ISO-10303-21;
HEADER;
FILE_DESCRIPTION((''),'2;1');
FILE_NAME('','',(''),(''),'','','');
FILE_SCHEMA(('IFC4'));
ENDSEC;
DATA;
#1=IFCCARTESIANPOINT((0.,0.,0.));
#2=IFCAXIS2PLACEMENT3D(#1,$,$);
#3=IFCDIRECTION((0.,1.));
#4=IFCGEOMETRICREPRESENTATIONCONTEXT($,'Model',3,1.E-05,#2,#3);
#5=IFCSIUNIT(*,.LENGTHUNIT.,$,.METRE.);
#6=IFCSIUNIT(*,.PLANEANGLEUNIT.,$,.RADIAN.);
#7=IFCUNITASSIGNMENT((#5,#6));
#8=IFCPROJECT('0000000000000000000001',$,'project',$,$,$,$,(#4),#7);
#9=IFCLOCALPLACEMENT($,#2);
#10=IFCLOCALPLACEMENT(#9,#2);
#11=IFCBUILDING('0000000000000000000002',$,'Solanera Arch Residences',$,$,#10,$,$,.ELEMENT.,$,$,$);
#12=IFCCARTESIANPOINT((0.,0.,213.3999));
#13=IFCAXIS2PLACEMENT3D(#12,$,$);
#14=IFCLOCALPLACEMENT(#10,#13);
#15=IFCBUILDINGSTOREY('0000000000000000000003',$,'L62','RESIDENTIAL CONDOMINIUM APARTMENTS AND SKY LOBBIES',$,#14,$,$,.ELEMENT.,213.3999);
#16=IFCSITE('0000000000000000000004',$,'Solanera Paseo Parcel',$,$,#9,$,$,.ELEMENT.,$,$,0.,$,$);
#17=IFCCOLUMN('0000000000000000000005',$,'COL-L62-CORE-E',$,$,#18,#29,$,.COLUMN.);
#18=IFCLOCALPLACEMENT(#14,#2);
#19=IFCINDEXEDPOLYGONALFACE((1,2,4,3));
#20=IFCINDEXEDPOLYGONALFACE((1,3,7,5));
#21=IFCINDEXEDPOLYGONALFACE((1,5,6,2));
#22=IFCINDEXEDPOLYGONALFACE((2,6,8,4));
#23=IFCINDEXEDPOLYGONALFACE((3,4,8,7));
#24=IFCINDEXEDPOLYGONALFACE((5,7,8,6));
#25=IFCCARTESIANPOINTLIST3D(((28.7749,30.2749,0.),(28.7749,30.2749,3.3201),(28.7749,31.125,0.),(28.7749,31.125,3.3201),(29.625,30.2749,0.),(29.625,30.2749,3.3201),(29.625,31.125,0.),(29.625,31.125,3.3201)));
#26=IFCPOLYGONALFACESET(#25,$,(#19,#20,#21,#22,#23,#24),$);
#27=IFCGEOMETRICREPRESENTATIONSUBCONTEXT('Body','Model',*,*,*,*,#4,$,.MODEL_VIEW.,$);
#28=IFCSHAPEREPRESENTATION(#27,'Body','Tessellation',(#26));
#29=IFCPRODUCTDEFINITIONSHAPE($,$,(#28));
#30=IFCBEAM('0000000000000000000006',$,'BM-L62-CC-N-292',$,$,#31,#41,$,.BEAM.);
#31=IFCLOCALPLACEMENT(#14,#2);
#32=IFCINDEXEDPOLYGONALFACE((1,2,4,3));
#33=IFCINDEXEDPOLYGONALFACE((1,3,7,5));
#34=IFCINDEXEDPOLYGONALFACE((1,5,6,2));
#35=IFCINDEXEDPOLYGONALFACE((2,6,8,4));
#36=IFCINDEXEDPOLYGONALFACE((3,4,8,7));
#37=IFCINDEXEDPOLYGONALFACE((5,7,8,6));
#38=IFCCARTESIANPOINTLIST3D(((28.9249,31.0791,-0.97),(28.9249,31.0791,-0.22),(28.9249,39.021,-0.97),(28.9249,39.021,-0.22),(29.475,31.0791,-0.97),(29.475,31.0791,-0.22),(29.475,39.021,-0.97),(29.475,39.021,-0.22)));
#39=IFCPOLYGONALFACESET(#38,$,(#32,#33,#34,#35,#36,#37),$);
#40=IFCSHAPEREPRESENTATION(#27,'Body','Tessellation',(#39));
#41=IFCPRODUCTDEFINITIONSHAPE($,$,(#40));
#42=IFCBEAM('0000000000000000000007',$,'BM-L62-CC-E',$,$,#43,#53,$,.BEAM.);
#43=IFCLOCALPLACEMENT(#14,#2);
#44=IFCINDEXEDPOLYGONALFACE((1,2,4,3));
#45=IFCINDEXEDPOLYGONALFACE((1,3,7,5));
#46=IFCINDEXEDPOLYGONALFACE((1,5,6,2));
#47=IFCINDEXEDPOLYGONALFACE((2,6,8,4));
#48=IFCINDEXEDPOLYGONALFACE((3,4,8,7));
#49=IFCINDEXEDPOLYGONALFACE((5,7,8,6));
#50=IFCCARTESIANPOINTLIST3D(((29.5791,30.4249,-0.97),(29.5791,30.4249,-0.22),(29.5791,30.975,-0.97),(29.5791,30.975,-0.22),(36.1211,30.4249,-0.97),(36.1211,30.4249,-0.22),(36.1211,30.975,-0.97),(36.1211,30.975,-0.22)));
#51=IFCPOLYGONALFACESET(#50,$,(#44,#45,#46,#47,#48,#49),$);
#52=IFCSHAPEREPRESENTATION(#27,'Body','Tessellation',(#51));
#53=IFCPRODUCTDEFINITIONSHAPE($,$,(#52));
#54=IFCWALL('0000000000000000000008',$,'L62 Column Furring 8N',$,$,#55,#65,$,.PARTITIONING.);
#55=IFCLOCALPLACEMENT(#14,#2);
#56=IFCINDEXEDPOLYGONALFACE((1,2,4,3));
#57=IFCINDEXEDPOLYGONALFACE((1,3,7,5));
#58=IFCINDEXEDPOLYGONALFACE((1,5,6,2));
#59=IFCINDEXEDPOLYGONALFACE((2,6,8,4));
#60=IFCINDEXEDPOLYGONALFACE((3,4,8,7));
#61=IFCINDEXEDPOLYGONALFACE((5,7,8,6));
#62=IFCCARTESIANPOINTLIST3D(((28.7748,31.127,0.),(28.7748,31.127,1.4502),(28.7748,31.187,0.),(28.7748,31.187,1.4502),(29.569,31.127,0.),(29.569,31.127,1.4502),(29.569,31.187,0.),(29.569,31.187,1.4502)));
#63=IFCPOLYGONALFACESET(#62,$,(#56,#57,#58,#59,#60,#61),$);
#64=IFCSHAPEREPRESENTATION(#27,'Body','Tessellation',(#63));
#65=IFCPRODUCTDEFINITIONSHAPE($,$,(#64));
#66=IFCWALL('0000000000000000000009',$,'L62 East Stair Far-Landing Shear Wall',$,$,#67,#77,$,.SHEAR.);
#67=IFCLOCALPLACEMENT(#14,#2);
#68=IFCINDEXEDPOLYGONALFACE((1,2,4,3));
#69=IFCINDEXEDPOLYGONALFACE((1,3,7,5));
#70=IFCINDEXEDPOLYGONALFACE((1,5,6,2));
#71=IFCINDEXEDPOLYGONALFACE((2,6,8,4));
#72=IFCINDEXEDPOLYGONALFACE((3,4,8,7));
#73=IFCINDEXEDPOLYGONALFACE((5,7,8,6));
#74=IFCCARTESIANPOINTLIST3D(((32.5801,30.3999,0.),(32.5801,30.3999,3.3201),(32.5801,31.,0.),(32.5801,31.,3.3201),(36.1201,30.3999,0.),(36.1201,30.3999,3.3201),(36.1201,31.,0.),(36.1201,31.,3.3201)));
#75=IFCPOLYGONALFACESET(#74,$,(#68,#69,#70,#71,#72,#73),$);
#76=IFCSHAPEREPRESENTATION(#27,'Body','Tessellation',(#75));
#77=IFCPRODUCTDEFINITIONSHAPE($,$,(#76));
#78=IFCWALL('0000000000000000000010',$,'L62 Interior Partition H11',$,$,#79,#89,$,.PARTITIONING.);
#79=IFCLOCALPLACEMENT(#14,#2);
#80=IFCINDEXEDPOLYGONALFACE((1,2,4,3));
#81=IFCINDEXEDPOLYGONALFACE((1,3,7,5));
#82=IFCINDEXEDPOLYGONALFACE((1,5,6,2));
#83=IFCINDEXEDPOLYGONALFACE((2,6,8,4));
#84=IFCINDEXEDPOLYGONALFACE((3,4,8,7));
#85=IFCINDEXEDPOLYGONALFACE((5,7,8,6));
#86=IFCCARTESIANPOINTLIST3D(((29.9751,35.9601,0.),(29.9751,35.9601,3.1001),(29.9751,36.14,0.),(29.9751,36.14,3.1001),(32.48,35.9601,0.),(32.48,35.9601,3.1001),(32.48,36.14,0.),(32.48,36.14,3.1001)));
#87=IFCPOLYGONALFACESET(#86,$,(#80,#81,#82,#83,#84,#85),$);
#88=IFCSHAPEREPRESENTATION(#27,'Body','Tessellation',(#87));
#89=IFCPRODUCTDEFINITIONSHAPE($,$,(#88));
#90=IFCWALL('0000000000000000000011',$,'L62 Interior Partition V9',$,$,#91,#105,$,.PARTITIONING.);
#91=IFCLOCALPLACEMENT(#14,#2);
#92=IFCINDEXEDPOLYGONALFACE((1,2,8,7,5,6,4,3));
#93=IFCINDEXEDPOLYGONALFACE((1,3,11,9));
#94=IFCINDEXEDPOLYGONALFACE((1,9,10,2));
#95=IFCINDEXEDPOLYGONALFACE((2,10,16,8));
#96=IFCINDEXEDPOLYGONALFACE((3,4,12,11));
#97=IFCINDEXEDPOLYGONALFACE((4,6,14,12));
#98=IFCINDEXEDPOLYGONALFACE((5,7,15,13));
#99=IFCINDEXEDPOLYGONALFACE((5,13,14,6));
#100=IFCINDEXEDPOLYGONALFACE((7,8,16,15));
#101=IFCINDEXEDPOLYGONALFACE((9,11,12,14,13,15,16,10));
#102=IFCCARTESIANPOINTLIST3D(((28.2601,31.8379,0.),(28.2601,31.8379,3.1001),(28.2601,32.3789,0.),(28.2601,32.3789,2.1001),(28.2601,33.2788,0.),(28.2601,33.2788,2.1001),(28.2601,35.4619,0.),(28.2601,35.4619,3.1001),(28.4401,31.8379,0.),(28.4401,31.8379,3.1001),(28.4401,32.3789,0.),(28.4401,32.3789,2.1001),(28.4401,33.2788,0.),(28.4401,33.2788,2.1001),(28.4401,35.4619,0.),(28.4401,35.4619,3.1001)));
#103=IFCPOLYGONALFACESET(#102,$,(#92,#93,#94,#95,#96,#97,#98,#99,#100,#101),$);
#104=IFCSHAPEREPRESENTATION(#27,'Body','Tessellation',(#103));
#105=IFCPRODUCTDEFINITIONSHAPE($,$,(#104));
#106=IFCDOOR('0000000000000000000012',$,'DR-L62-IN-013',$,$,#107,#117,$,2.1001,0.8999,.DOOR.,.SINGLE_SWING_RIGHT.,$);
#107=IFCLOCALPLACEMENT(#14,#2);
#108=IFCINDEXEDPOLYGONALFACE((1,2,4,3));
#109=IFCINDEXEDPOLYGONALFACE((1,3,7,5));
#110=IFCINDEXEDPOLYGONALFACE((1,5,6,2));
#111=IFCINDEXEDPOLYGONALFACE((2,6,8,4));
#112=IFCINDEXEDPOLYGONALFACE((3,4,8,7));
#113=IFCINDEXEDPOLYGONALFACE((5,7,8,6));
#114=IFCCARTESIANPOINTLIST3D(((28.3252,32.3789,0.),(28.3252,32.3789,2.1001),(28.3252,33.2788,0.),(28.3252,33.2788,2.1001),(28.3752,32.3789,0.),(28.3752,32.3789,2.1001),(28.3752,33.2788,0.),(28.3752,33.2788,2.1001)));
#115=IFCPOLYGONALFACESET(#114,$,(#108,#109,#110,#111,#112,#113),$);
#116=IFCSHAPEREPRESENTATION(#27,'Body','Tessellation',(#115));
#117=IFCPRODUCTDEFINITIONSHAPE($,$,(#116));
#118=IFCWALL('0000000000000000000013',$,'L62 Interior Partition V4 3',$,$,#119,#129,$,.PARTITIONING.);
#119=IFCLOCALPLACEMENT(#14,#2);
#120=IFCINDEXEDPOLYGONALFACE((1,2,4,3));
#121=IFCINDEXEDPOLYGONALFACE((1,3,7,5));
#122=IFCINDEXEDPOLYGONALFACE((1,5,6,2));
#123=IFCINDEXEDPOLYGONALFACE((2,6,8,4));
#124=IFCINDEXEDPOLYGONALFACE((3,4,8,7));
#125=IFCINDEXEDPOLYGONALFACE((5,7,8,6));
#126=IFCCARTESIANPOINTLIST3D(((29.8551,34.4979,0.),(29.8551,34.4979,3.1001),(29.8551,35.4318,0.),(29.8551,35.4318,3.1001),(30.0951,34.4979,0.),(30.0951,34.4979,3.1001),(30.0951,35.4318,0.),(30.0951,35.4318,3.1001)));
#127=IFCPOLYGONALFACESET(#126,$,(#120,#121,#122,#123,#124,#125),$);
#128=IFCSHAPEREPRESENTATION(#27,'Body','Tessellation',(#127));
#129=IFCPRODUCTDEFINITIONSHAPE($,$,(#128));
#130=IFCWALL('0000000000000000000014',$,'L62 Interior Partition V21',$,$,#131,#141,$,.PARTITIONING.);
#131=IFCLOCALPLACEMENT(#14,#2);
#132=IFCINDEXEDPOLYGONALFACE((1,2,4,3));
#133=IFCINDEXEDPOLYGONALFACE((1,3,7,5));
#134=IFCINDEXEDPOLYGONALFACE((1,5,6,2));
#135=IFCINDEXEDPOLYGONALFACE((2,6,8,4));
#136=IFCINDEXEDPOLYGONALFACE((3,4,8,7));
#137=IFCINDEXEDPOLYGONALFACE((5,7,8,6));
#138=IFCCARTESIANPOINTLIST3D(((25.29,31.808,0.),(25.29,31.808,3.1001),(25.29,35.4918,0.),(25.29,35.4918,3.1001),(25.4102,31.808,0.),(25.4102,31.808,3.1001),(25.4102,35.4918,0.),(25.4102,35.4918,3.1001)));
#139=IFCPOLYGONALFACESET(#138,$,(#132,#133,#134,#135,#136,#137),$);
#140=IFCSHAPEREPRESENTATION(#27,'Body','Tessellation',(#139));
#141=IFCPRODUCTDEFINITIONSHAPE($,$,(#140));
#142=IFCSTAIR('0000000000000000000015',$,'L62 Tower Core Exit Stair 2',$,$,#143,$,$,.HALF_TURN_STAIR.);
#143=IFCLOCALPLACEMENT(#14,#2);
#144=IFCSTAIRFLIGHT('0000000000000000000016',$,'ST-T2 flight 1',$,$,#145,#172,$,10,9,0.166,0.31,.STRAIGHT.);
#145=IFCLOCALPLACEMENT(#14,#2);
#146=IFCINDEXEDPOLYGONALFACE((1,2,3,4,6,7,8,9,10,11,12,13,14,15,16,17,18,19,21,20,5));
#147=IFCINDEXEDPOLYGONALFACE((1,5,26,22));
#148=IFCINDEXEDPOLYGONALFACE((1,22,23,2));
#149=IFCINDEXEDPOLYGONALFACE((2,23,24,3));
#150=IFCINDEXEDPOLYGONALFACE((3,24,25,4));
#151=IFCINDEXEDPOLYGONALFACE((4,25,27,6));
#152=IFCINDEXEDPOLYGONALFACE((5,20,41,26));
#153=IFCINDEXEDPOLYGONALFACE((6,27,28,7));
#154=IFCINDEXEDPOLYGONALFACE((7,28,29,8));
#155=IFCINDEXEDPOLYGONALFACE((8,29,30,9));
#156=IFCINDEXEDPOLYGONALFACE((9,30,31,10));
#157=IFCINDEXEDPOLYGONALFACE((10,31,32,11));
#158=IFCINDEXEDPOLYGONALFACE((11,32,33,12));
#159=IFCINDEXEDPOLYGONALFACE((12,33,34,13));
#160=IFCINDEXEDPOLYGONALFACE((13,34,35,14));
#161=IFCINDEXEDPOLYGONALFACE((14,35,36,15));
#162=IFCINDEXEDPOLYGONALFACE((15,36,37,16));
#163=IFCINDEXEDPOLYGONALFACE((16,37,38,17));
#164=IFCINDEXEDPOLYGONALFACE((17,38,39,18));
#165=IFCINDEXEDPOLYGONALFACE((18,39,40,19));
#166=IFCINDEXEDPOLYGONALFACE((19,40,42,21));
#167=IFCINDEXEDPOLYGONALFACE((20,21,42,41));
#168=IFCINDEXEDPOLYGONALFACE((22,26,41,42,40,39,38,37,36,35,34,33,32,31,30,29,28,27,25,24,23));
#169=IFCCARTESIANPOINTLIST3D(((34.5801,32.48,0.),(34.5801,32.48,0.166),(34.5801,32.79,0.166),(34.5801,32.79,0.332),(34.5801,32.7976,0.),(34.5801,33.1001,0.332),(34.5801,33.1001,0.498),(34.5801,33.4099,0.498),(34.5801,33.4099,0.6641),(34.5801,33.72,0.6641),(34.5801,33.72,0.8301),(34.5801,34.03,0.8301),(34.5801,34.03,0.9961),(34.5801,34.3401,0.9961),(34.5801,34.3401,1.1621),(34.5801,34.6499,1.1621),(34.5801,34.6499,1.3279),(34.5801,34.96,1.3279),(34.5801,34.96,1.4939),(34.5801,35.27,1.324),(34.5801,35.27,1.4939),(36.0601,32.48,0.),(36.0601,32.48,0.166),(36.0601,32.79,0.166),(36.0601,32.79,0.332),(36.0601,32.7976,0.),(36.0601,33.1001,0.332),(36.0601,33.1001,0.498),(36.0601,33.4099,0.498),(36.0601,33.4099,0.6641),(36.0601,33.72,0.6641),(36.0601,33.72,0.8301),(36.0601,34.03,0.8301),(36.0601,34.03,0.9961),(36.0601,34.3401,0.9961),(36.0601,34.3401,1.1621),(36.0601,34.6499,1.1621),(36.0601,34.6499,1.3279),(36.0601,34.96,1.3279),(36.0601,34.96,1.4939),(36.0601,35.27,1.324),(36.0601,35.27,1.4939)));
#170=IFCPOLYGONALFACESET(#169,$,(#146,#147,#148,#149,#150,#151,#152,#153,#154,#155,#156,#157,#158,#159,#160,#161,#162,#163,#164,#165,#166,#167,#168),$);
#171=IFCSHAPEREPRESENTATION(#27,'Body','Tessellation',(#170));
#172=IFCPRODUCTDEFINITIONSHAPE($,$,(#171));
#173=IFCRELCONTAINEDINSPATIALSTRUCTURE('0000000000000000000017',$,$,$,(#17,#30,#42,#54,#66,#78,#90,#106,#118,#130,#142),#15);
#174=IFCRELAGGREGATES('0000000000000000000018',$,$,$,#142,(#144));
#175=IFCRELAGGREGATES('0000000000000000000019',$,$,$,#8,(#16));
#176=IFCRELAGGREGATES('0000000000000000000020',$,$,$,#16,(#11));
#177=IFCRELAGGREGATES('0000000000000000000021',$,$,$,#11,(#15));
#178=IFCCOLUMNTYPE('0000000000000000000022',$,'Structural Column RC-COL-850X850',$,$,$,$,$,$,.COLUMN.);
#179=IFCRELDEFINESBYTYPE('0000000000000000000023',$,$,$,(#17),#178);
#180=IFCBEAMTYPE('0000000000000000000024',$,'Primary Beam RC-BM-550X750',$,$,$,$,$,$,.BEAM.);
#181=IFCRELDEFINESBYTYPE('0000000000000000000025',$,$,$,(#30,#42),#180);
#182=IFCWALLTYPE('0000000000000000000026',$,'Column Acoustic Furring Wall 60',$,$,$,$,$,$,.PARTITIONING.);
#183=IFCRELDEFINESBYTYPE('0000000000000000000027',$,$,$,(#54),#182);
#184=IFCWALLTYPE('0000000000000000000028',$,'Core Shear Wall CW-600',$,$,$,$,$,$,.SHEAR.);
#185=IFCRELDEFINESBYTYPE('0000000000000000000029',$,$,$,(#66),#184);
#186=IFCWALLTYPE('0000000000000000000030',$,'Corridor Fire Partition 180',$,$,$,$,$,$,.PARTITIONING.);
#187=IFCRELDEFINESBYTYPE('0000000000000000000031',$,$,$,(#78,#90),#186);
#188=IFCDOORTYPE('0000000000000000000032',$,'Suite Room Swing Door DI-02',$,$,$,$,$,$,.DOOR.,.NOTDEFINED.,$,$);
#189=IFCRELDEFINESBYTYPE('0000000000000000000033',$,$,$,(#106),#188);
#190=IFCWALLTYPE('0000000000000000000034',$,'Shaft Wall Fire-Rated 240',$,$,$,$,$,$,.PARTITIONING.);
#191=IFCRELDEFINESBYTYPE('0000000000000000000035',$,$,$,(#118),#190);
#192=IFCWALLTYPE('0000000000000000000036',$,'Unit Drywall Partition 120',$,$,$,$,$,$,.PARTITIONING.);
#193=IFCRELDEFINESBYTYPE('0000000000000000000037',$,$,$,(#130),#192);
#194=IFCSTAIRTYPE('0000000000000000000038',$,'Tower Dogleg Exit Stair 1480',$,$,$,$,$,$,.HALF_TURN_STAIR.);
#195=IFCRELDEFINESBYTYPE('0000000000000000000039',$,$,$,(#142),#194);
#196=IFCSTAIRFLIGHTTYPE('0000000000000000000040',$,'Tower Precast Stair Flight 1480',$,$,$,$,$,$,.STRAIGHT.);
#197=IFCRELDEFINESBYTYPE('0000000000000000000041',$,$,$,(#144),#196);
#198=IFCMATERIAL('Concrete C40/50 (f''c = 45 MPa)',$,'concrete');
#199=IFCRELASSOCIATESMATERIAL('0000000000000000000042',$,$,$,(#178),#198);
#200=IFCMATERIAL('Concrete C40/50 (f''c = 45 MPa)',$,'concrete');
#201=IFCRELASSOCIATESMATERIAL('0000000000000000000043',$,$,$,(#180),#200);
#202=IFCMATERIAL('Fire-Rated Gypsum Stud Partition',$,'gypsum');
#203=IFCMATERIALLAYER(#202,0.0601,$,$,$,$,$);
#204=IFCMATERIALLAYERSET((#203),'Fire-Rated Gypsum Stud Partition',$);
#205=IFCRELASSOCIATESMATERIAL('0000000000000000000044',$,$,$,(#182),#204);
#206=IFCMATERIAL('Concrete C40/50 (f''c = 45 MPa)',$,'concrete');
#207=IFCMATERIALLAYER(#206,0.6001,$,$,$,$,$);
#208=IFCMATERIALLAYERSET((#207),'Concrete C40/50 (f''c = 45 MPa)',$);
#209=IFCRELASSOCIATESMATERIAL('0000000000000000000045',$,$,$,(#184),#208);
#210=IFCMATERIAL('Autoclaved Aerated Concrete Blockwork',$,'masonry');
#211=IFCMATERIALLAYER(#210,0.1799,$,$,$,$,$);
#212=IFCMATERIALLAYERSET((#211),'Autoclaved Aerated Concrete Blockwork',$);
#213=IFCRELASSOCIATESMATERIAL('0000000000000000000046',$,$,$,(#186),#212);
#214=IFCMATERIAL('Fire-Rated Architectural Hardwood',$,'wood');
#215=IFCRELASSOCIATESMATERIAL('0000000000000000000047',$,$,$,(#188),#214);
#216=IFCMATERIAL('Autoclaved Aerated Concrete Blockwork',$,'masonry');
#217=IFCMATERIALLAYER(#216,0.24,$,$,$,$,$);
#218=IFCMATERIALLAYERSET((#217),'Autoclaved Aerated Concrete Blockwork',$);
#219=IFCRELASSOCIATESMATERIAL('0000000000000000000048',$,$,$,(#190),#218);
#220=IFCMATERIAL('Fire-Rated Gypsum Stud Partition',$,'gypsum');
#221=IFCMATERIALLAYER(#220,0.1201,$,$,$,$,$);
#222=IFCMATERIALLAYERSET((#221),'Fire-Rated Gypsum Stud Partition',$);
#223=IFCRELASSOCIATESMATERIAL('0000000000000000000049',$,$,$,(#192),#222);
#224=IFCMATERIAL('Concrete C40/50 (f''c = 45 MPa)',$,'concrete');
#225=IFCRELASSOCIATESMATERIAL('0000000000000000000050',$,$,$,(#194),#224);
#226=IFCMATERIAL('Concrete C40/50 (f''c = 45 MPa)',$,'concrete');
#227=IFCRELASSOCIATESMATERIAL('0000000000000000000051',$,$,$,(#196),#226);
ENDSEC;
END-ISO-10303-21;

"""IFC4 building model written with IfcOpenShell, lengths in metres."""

from ifc_helpers import new_model, si_unit, direction, frame, frame_2d, origin, origin_2d, place, context, subcontext, project, spatial, polyline, rectangle, outline, extrude, material, layer, layer_set, material_profile, profile_set, type_object, element, fill, aggregate, save


model = new_model("IFC4")

# Units and contexts
model_context = context("Model", 3, precision=1e-05, world=origin(), true_north=direction((0.0, 1.0)))
body_context = subcontext(model_context, "Body", "Model", "MODEL_VIEW")
ifc_project = project(units=[si_unit("LENGTHUNIT", "METRE"), si_unit("PLANEANGLEUNIT", "RADIAN")], contexts=[model_context])

# Site, building, storey
site_placement = place(None, origin())
site = spatial("IfcSite", under=ifc_project, at=site_placement, Name="Solanera Paseo Parcel", CompositionType="ELEMENT", RefElevation=0.0)
building_placement = place(site_placement, origin())
building = spatial("IfcBuilding", under=site, at=building_placement, Name="Solanera Arch Residences", CompositionType="ELEMENT")
storey_placement = place(building_placement, frame((0.0, 0.0, 213.3999)))
storey = spatial("IfcBuildingStorey", under=building, at=storey_placement, Name="L62", Description="RESIDENTIAL CONDOMINIUM APARTMENTS AND SKY LOBBIES", CompositionType="ELEMENT", Elevation=213.3999)

# Column
ifc_material_1 = material(Name="Concrete C40/50 (f'c = 45 MPa)", Category="concrete")
ifc_material_profile_1 = material_profile(ifc_material_1, rectangle(XDim=0.8501, YDim=0.8501, at=origin_2d()))
ifc_profile_set_1 = profile_set([ifc_material_profile_1], Name="Concrete C40/50 (f'c = 45 MPa)")
column_type = type_object("IfcColumnType", Name="Structural Column RC-COL-850X850", PredefinedType="COLUMN", material=ifc_profile_set_1)
column_placement = place(storey_placement, frame((29.2, 30.7, 0.0), z_axis=(0.0, 0.0, 1.0), x_axis=(1.0, 0.0, 0.0)))
element("IfcColumn", 1, at=column_placement, inside=storey, type_object=column_type, Name="COL-L62-CORE-E", PredefinedType="COLUMN", context=body_context, shape_type="SweptSolid", body=[
    extrude(rectangle(XDim=0.8501, YDim=0.8501, at=origin_2d()), origin(), (0.0, 0.0, 1.0), 3.3201),
])

# Beams
ifc_material_2 = material(Name="Concrete C40/50 (f'c = 45 MPa)", Category="concrete")
ifc_material_profile_2 = material_profile(ifc_material_2, rectangle(XDim=0.55, YDim=0.75, at=origin_2d()))
ifc_profile_set_2 = profile_set([ifc_material_profile_2], Name="Concrete C40/50 (f'c = 45 MPa)")
beam_type = type_object("IfcBeamType", Name="Primary Beam RC-BM-550X750", PredefinedType="BEAM", material=ifc_profile_set_2)
beam_1_placement = place(storey_placement, frame((29.2, 31.0791, -0.595), z_axis=(0.0, 1.0, 0.0), x_axis=(-1.0, 0.0, 0.0)))
element("IfcBeam", 2, at=beam_1_placement, inside=storey, type_object=beam_type, Name="BM-L62-CC-N-292", PredefinedType="BEAM", context=body_context, shape_type="SweptSolid", body=[
    extrude(rectangle(XDim=0.55, YDim=0.75, at=origin_2d()), origin(), (0.0, 0.0, 1.0), 7.9419),
])
beam_2_placement = place(storey_placement, frame((29.5791, 30.7, -0.595), z_axis=(1.0, 0.0, 0.0), x_axis=(0.0, 1.0, 0.0)))
element("IfcBeam", 3, at=beam_2_placement, inside=storey, type_object=beam_type, Name="BM-L62-CC-E", PredefinedType="BEAM", context=body_context, shape_type="SweptSolid", body=[
    extrude(rectangle(XDim=0.55, YDim=0.75, at=origin_2d()), origin(), (0.0, 0.0, 1.0), 6.542),
])

# Wall
ifc_material_3 = material(Name="Fire-Rated Gypsum Stud Partition", Category="gypsum")
ifc_layer_1 = layer(ifc_material_3, 0.0601)
ifc_layer_set_1 = layer_set([ifc_layer_1], Name="Fire-Rated Gypsum Stud Partition")
wall_type_1 = type_object("IfcWallType", Name="Column Acoustic Furring Wall 60", PredefinedType="PARTITIONING", material=ifc_layer_set_1)
wall_1_placement = place(storey_placement, frame((28.7749, 31.157, 0.0), z_axis=(0.0, 0.0, 1.0), x_axis=(1.0, 0.0, 0.0)))
element("IfcWall", 4, at=wall_1_placement, inside=storey, type_object=wall_type_1, Name="L62 Column Furring 8N", PredefinedType="PARTITIONING", context=body_context, shape_type="SweptSolid", body=[
    extrude(rectangle(XDim=0.7942, YDim=0.0601, at=frame_2d((0.397, 0.0))), origin(), (0.0, 0.0, 1.0), 1.4502),
])

# Walls
ifc_material_4 = material(Name="Concrete C40/50 (f'c = 45 MPa)", Category="concrete")
ifc_layer_2 = layer(ifc_material_4, 0.6001)
ifc_layer_set_2 = layer_set([ifc_layer_2], Name="Concrete C40/50 (f'c = 45 MPa)")
wall_type_2 = type_object("IfcWallType", Name="Core Shear Wall CW-600", PredefinedType="SHEAR", material=ifc_layer_set_2)
wall_2_placement = place(storey_placement, frame((32.5801, 30.7, 0.0), z_axis=(0.0, 0.0, 1.0), x_axis=(1.0, 0.0, 0.0)))
element("IfcWall", 5, at=wall_2_placement, inside=storey, type_object=wall_type_2, Name="L62 East Stair Far-Landing Shear Wall", PredefinedType="SHEAR", context=body_context, shape_type="SweptSolid", body=[
    extrude(rectangle(XDim=3.54, YDim=0.6001, at=frame_2d((1.77, 0.0))), origin(), (0.0, 0.0, 1.0), 3.3201),
])
ifc_material_5 = material(Name="Autoclaved Aerated Concrete Blockwork", Category="masonry")
ifc_layer_3 = layer(ifc_material_5, 0.1799)
ifc_layer_set_3 = layer_set([ifc_layer_3], Name="Autoclaved Aerated Concrete Blockwork")
wall_type_3 = type_object("IfcWallType", Name="Corridor Fire Partition 180", PredefinedType="PARTITIONING", material=ifc_layer_set_3)
wall_3_placement = place(storey_placement, frame((29.9751, 36.05, 0.0), z_axis=(0.0, 0.0, 1.0), x_axis=(1.0, 0.0, 0.0)))
element("IfcWall", 6, at=wall_3_placement, inside=storey, type_object=wall_type_3, Name="L62 Interior Partition H11", PredefinedType="PARTITIONING", context=body_context, shape_type="SweptSolid", body=[
    extrude(rectangle(XDim=2.5049, YDim=0.1799, at=frame_2d((1.2524, 0.0))), origin(), (0.0, 0.0, 1.0), 3.1001),
])

# Wall, opening, door
wall_4_placement = place(storey_placement, frame((28.3501, 31.8379, 0.0), z_axis=(0.0, 0.0, 1.0), x_axis=(0.0, 1.0, 0.0)))
wall_4 = element("IfcWall", 7, at=wall_4_placement, inside=storey, type_object=wall_type_3, Name="L62 Interior Partition V9", PredefinedType="PARTITIONING", context=body_context, shape_type="SweptSolid", body=[
    extrude(rectangle(XDim=3.624, YDim=0.1799, at=frame_2d((1.812, 0.0))), origin(), (0.0, 0.0, 1.0), 3.1001),
])
opening_1_placement = place(wall_4_placement, frame((0.541, 0.0, 0.0)))
opening_1 = element("IfcOpeningElement", 8, at=opening_1_placement, cuts=wall_4, PredefinedType="OPENING", context=body_context, shape_type="SweptSolid", body=[
    extrude(rectangle(XDim=0.8999, YDim=2.1001, at=frame_2d((0.45, 1.05))), frame((0.0, 0.1001, 0.0), z_axis=(0.0, -1.0, 0.0), x_axis=(1.0, 0.0, 0.0)), (0.0, 0.0, 1.0), 0.1999),
])
ifc_material_6 = material(Name="Fire-Rated Architectural Hardwood", Category="wood")
door_type_1 = type_object("IfcDoorType", Name="Suite Room Swing Door DI-02", OperationType="NOTDEFINED", PredefinedType="DOOR", material=ifc_material_6)
door_1_placement = place(opening_1_placement, origin())
door_1 = element("IfcDoor", 9, at=door_1_placement, inside=storey, type_object=door_type_1, Name="DR-L62-IN-013", OperationType="SINGLE_SWING_RIGHT", OverallHeight=2.1001, OverallWidth=0.8999, PredefinedType="DOOR", context=body_context, shape_type="SweptSolid", body=[
    extrude(rectangle(XDim=0.8999, YDim=2.1001, at=frame_2d((0.45, 1.05))), frame((0.0, 0.0249, 0.0), z_axis=(0.0, -1.0, 0.0), x_axis=(1.0, 0.0, 0.0)), (0.0, 0.0, 1.0), 0.05),
])
fill(opening_1, door_1)
ifc_material_7 = material(Name="Autoclaved Aerated Concrete Blockwork", Category="masonry")
ifc_layer_4 = layer(ifc_material_7, 0.24)
ifc_layer_set_4 = layer_set([ifc_layer_4], Name="Autoclaved Aerated Concrete Blockwork")
wall_type_4 = type_object("IfcWallType", Name="Shaft Wall Fire-Rated 240", PredefinedType="PARTITIONING", material=ifc_layer_set_4)

# Walls
wall_5_placement = place(storey_placement, frame((29.9751, 34.498, 0.0), z_axis=(0.0, 0.0, 1.0), x_axis=(0.0, 1.0, 0.0)))
element("IfcWall", 10, at=wall_5_placement, inside=storey, type_object=wall_type_4, Name="L62 Interior Partition V4 3", PredefinedType="PARTITIONING", context=body_context, shape_type="SweptSolid", body=[
    extrude(rectangle(XDim=0.9338, YDim=0.24, at=frame_2d((0.4668, 0.0))), origin(), (0.0, 0.0, 1.0), 3.1001),
])
ifc_material_8 = material(Name="Fire-Rated Gypsum Stud Partition", Category="gypsum")
ifc_layer_5 = layer(ifc_material_8, 0.1201)
ifc_layer_set_5 = layer_set([ifc_layer_5], Name="Fire-Rated Gypsum Stud Partition")
wall_type_5 = type_object("IfcWallType", Name="Unit Drywall Partition 120", PredefinedType="PARTITIONING", material=ifc_layer_set_5)
wall_6_placement = place(storey_placement, frame((25.3501, 31.8081, 0.0), z_axis=(0.0, 0.0, 1.0), x_axis=(0.0, 1.0, 0.0)))
element("IfcWall", 11, at=wall_6_placement, inside=storey, type_object=wall_type_5, Name="L62 Interior Partition V21", PredefinedType="PARTITIONING", context=body_context, shape_type="SweptSolid", body=[
    extrude(rectangle(XDim=3.6838, YDim=0.1201, at=frame_2d((1.8418, 0.0))), origin(), (0.0, 0.0, 1.0), 3.1001),
])

# Stair, stair flight
ifc_material_9 = material(Name="Concrete C40/50 (f'c = 45 MPa)", Category="concrete")
stair_type = type_object("IfcStairType", Name="Tower Dogleg Exit Stair 1480", PredefinedType="HALF_TURN_STAIR", material=ifc_material_9)
stair_placement = place(storey_placement, origin())
stair = element("IfcStair", 12, at=stair_placement, inside=storey, type_object=stair_type, Name="L62 Tower Core Exit Stair 2", PredefinedType="HALF_TURN_STAIR")
ifc_material_10 = material(Name="Concrete C40/50 (f'c = 45 MPa)", Category="concrete")
stair_flight_type = type_object("IfcStairFlightType", Name="Tower Precast Stair Flight 1480", PredefinedType="STRAIGHT", material=ifc_material_10)
stair_flight_1_placement = place(storey_placement, frame((35.3201, 32.48, 0.0), z_axis=(0.0, 0.0, 1.0), x_axis=(0.0, 1.0, 0.0)))
stair_flight_1 = element("IfcStairFlight", 13, at=stair_flight_1_placement, type_object=stair_flight_type, Name="ST-T2 flight 1", NumberOfRisers=10, NumberOfTreads=9, PredefinedType="STRAIGHT", RiserHeight=0.166, TreadLength=0.31, context=body_context, shape_type="SweptSolid", body=[
    extrude(outline(polyline([(0.0, 0.0), (0.0, 0.166), (0.3101, 0.166), (0.3101, 0.332), (0.6201, 0.332), (0.6201, 0.498), (0.9299, 0.498), (0.9299, 0.6641), (1.24, 0.6641), (1.24, 0.8301), (1.55, 0.8301), (1.55, 0.9961), (1.8601, 0.9961), (1.8601, 1.1621), (2.1699, 1.1621), (2.1699, 1.3279), (2.48, 1.3279), (2.48, 1.4939), (2.79, 1.4939), (2.79, 1.6599), (2.79, 1.324), (0.3176, 0.0), (0.0, 0.0)])), frame((0.0, 0.74, 0.0), z_axis=(0.0, -1.0, 0.0), x_axis=(1.0, 0.0, 0.0)), (0.0, 0.0, 1.0), 1.48),
])
aggregate(stair, [stair_flight_1])

save(model, "model.ifc")
